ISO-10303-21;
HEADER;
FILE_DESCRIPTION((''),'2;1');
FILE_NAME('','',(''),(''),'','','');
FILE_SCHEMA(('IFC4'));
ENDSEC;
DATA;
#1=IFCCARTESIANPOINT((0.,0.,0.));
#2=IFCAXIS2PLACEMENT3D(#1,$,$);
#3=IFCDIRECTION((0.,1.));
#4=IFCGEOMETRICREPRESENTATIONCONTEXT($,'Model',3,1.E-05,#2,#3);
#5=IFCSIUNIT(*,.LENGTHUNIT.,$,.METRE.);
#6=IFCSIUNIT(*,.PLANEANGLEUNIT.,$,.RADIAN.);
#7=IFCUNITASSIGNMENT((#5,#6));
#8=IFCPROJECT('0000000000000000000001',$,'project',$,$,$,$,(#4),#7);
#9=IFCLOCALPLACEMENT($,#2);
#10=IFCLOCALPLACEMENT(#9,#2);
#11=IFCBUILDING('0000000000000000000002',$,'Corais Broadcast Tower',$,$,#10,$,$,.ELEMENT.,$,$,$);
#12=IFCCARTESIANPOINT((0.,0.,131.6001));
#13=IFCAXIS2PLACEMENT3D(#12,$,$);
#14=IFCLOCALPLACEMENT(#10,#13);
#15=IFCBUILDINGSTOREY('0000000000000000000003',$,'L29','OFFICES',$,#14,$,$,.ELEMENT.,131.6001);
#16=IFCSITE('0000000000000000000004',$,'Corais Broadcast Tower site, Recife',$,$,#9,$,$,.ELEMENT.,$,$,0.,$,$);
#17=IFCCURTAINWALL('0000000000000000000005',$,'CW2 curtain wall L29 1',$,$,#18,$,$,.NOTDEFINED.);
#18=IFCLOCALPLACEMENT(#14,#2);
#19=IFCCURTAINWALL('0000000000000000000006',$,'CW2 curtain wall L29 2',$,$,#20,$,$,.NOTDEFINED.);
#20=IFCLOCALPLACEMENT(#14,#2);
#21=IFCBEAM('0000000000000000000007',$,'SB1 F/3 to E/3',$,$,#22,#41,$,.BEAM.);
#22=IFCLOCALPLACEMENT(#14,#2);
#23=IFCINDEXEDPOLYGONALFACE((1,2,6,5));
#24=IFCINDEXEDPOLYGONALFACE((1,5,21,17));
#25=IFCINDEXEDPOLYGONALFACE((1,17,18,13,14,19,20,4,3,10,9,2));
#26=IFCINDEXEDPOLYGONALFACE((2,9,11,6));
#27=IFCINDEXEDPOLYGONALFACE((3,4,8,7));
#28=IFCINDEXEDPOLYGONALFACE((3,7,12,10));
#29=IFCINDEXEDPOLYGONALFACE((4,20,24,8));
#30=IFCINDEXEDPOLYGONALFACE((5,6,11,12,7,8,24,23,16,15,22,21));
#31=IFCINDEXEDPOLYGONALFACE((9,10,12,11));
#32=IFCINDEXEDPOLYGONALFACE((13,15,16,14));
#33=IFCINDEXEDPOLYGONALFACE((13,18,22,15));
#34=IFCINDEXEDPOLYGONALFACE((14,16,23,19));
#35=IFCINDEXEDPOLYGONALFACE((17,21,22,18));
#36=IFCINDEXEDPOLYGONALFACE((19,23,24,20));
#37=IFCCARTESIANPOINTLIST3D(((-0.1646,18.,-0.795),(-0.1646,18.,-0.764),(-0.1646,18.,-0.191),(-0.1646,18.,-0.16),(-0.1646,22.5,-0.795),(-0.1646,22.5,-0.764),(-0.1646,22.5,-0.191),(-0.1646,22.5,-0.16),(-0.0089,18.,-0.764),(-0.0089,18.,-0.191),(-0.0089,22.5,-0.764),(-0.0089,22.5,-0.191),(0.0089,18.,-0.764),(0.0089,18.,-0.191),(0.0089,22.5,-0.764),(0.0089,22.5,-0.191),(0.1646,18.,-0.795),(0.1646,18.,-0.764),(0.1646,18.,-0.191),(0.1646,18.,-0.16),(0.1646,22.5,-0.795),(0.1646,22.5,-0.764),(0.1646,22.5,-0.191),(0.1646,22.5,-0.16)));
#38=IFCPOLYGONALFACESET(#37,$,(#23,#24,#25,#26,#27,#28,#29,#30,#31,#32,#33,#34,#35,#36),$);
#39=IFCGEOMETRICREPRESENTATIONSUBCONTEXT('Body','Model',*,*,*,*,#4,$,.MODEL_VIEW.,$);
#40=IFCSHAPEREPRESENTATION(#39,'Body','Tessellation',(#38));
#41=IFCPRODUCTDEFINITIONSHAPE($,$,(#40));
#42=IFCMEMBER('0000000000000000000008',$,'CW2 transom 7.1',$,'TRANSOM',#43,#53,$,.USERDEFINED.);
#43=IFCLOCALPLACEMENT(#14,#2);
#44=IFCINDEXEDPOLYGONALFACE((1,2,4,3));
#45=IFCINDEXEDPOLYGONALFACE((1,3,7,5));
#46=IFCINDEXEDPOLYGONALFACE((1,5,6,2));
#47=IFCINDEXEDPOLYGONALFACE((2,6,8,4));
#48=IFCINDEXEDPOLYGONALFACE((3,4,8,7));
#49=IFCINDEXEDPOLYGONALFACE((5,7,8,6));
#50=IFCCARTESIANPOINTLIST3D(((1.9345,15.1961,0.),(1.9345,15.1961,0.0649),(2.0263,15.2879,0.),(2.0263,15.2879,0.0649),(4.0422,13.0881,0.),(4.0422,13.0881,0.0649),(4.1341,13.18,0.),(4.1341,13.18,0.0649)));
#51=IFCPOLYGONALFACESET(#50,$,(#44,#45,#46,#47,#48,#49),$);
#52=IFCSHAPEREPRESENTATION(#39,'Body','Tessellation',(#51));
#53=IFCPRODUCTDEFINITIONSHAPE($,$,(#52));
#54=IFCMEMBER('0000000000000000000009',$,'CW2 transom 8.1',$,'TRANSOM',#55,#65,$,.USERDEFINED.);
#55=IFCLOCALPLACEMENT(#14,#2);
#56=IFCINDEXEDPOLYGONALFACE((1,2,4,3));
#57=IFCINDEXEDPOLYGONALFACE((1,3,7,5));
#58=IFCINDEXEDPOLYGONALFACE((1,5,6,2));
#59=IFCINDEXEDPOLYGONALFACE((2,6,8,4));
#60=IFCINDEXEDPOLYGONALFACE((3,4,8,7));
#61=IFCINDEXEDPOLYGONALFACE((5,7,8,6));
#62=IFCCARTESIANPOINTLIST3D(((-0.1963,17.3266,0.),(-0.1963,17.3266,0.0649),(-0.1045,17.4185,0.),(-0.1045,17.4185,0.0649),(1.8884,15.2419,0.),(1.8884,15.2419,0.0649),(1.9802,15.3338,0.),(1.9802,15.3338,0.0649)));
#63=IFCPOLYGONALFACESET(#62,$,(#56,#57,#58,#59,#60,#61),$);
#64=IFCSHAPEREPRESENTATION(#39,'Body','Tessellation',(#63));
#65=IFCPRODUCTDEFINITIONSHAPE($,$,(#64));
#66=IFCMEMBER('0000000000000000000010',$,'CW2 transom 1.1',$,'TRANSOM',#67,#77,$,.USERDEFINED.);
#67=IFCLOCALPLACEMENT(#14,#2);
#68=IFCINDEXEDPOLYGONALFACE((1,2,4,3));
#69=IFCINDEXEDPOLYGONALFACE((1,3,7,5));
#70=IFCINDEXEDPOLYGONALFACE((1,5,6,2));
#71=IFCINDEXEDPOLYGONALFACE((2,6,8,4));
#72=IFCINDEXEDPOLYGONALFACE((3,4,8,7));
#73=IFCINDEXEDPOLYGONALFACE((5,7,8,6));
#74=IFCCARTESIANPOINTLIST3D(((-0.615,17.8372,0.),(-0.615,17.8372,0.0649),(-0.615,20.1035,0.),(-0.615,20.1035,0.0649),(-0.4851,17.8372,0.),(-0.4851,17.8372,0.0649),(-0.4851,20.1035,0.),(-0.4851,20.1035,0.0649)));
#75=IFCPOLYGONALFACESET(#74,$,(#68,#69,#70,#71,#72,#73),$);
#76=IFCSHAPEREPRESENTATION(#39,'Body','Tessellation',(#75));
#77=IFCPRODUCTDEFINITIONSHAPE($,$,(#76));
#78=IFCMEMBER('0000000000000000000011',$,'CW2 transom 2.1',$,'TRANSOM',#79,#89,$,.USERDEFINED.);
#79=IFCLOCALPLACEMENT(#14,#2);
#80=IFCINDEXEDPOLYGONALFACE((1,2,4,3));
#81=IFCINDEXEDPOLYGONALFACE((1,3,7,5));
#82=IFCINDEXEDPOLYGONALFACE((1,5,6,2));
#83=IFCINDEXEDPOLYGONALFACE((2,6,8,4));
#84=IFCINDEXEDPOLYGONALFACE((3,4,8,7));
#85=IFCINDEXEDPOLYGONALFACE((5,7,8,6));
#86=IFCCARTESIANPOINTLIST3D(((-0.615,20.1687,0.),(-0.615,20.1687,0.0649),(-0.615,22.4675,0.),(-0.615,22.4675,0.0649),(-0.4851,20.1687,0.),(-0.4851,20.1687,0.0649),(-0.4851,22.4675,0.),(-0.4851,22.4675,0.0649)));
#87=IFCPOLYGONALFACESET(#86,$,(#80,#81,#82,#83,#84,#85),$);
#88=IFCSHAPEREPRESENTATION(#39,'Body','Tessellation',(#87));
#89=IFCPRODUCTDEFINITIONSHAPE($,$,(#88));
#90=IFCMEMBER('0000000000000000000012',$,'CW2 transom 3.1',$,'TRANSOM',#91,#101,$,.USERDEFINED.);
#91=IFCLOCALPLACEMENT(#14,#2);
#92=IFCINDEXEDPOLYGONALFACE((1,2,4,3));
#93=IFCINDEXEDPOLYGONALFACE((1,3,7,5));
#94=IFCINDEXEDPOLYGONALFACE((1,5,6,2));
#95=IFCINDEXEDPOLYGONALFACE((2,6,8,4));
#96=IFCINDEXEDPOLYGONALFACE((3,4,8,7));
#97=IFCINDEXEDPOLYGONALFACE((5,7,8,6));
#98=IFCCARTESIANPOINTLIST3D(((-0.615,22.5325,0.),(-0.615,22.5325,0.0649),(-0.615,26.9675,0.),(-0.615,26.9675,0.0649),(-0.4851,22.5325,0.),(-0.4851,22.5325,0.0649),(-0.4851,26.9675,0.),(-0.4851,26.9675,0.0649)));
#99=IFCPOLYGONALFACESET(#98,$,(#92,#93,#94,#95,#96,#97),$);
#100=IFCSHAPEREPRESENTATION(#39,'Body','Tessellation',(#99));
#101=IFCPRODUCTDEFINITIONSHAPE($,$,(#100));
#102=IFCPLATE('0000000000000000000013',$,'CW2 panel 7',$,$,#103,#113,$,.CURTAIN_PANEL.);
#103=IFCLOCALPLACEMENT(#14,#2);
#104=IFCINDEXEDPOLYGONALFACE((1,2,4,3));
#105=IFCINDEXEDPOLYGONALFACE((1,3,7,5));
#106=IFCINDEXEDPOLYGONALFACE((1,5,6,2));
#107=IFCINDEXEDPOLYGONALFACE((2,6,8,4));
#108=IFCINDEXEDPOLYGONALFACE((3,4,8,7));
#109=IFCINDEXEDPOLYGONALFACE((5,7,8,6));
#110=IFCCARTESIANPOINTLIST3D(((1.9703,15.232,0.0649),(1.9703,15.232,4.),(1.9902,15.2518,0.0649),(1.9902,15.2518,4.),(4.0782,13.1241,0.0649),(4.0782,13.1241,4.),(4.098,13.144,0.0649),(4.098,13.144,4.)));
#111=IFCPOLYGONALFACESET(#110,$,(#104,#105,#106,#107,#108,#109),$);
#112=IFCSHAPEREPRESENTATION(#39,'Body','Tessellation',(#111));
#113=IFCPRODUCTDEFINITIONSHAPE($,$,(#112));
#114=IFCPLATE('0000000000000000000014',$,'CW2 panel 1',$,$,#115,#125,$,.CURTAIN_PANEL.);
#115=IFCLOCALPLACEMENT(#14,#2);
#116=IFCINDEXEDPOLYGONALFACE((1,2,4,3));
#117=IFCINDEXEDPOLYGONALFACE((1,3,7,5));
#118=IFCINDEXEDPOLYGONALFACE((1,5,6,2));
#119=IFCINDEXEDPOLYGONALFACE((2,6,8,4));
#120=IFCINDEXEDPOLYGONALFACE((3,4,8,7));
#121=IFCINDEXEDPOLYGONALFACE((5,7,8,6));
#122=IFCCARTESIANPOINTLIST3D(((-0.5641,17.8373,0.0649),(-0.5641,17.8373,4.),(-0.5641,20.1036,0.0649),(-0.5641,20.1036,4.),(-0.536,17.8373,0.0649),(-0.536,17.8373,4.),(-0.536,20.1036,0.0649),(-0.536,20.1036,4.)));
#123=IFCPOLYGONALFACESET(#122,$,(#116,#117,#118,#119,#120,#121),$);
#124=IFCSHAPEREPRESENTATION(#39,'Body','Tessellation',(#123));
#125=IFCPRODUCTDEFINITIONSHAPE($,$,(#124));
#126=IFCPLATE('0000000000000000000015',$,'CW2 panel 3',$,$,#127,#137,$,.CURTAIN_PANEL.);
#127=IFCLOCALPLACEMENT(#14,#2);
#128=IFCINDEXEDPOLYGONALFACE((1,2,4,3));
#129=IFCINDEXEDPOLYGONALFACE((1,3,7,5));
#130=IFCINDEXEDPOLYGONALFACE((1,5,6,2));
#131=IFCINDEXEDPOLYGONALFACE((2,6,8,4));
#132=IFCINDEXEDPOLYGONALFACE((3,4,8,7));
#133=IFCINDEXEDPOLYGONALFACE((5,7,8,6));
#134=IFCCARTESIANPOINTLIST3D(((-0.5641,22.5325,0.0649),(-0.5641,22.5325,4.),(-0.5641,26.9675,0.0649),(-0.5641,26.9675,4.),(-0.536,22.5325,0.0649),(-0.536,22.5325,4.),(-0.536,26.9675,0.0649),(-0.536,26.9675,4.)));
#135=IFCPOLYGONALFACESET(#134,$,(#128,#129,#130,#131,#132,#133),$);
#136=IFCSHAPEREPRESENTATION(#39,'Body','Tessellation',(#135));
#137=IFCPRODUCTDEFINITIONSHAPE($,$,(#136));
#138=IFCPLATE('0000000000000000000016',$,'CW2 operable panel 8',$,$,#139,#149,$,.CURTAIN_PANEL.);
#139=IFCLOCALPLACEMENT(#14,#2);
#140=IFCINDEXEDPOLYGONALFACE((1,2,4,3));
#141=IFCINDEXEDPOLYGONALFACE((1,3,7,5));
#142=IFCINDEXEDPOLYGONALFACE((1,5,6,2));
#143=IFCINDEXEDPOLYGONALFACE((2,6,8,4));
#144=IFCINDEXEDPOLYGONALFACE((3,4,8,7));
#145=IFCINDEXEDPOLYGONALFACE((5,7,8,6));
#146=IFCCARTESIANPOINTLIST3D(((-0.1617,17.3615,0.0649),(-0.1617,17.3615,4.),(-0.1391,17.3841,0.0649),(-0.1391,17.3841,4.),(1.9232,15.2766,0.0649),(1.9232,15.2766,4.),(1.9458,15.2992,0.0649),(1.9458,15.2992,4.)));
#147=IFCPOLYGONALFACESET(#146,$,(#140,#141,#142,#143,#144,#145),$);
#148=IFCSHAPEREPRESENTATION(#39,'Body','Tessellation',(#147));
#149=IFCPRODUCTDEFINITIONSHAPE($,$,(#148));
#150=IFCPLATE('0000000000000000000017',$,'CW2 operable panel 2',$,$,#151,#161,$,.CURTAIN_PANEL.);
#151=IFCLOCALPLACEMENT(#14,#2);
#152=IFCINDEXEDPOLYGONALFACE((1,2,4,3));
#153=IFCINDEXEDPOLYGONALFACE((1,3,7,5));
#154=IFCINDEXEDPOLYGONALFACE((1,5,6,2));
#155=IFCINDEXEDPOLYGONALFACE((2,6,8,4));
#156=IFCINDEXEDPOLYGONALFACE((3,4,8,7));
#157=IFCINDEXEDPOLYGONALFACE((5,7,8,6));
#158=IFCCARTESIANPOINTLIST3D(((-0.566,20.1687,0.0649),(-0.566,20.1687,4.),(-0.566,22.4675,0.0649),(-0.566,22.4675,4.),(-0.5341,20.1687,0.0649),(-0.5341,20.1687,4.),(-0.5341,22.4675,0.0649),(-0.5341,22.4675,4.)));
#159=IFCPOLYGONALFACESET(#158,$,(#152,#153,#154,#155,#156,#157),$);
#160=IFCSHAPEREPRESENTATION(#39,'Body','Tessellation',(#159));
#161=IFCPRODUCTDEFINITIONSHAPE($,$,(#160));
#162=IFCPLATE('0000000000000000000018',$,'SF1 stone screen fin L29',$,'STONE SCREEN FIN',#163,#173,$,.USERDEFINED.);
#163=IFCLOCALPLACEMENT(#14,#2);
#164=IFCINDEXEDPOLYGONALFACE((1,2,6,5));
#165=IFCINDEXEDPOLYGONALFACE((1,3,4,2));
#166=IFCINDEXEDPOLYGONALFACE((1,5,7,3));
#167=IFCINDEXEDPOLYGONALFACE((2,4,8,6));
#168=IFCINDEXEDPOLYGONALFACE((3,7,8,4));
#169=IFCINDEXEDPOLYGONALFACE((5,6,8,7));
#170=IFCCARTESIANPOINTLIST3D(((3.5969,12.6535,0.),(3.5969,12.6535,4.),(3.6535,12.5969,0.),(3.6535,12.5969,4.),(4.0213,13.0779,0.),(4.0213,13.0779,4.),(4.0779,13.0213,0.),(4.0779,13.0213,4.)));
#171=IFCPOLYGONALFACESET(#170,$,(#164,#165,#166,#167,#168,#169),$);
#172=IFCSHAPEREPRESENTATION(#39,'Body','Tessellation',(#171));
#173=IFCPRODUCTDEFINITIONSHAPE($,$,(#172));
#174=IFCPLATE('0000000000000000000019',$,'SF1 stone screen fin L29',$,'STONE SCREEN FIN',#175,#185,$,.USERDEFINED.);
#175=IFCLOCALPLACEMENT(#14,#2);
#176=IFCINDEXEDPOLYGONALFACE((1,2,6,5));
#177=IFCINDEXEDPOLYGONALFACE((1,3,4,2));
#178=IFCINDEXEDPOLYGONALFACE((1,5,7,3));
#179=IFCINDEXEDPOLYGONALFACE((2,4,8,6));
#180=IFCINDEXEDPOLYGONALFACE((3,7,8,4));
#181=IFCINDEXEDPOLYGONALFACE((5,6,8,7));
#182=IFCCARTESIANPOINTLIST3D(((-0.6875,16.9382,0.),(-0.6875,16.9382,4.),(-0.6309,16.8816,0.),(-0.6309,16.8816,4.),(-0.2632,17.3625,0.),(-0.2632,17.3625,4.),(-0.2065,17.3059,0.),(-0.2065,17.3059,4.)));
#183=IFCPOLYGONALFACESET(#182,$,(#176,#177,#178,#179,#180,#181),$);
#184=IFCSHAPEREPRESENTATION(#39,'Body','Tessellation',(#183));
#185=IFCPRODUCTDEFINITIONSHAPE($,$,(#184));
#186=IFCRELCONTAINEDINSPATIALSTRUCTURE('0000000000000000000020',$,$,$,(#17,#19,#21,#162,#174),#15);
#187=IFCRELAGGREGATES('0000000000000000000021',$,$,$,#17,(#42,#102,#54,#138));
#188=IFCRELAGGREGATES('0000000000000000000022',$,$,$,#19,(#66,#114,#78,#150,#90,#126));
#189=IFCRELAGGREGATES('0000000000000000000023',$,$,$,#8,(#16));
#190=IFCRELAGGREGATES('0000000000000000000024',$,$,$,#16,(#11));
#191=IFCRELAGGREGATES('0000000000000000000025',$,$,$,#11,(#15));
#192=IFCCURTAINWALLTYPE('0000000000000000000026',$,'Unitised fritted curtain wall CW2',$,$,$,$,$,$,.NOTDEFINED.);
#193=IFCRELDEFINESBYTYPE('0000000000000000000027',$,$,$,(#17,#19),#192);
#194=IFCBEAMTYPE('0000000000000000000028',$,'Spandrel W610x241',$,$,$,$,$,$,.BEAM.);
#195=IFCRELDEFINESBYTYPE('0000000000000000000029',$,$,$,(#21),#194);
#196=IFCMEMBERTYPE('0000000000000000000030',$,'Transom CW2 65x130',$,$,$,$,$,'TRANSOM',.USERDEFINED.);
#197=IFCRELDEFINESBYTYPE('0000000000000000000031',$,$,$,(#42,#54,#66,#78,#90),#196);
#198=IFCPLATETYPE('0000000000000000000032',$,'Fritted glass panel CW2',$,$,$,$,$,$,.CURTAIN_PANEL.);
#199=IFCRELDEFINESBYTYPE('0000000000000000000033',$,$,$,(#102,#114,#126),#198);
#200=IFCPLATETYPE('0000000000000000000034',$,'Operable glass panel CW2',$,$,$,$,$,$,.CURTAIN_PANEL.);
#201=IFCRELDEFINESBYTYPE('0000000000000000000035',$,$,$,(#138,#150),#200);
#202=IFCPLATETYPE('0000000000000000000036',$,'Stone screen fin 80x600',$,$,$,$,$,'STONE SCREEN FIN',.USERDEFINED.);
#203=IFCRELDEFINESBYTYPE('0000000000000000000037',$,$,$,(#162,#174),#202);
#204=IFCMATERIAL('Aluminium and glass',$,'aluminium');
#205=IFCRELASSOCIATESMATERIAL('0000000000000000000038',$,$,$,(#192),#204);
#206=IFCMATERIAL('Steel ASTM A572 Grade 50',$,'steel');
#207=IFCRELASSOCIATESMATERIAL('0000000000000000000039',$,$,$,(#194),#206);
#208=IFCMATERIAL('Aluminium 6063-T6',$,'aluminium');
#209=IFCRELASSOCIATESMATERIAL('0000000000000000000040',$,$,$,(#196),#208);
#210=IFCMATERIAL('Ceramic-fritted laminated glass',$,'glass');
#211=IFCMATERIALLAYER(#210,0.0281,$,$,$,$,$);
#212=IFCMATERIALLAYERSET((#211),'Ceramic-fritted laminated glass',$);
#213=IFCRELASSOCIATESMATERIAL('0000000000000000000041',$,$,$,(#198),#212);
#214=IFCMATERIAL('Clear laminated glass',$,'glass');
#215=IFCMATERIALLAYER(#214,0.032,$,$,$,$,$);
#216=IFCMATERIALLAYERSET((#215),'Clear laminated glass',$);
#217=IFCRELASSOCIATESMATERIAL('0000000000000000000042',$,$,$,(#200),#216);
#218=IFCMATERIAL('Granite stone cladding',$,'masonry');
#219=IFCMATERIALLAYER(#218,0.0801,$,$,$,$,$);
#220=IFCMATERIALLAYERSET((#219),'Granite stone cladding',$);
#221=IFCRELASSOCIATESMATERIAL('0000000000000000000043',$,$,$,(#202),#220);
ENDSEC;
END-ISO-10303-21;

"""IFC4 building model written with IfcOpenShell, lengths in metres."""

from ifc_helpers import new_model, si_unit, direction, frame, origin, origin_2d, place, context, subcontext, project, spatial, rectangle, i_section, extrude, material, layer, layer_set, material_profile, profile_set, type_object, element, aggregate, save


model = new_model("IFC4")

# Units and contexts
model_context = context("Model", 3, precision=1e-05, world=origin(), true_north=direction((0.0, 1.0)))
body_context = subcontext(model_context, "Body", "Model", "MODEL_VIEW")
ifc_project = project(units=[si_unit("LENGTHUNIT", "METRE"), si_unit("PLANEANGLEUNIT", "RADIAN")], contexts=[model_context])

# Site, building, storey
site_placement = place(None, origin())
site = spatial("IfcSite", under=ifc_project, at=site_placement, Name="Corais Broadcast Tower site, Recife", CompositionType="ELEMENT", RefElevation=0.0)
building_placement = place(site_placement, origin())
building = spatial("IfcBuilding", under=site, at=building_placement, Name="Corais Broadcast Tower", CompositionType="ELEMENT")
storey_placement = place(building_placement, frame((0.0, 0.0, 131.6001)))
storey = spatial("IfcBuildingStorey", under=building, at=storey_placement, Name="L29", Description="OFFICES", CompositionType="ELEMENT", Elevation=131.6001)

# Curtain walls
ifc_material_1 = material(Name="Aluminium and glass", Category="aluminium")
curtain_wall_type = type_object("IfcCurtainWallType", Name="Unitised fritted curtain wall CW2", PredefinedType="NOTDEFINED", material=ifc_material_1)
curtain_wall_1_placement = place(storey_placement, origin())
curtain_wall_1 = element("IfcCurtainWall", 1, at=curtain_wall_1_placement, inside=storey, type_object=curtain_wall_type, Name="CW2 curtain wall L29 1", PredefinedType="NOTDEFINED")
curtain_wall_2_placement = place(storey_placement, origin())
curtain_wall_2 = element("IfcCurtainWall", 2, at=curtain_wall_2_placement, inside=storey, type_object=curtain_wall_type, Name="CW2 curtain wall L29 2", PredefinedType="NOTDEFINED")

# Beam
ifc_material_2 = material(Name="Steel ASTM A572 Grade 50", Category="steel")
ifc_material_profile_1 = material_profile(ifc_material_2, i_section(OverallWidth=0.3291, OverallDepth=0.635, WebThickness=0.0178, FlangeThickness=0.031, at=origin_2d()), Name="W610x241")
ifc_profile_set_1 = profile_set([ifc_material_profile_1], Name="Steel ASTM A572 Grade 50")
beam_type_1 = type_object("IfcBeamType", Name="Spandrel W610x241", PredefinedType="BEAM", material=ifc_profile_set_1)
beam_1_placement = place(storey_placement, frame((0.0, 22.5, -0.4775), z_axis=(0.0, -1.0, 0.0), x_axis=(1.0, 0.0, 0.0)))
element("IfcBeam", 3, at=beam_1_placement, inside=storey, type_object=beam_type_1, Name="SB1 F/3 to E/3", PredefinedType="BEAM", context=body_context, shape_type="SweptSolid", body=[
    extrude(i_section(OverallWidth=0.3291, OverallDepth=0.635, WebThickness=0.0178, FlangeThickness=0.031, at=origin_2d()), origin(), (0.0, 0.0, 1.0), 4.5),
])

# Members
ifc_material_3 = material(Name="Aluminium 6063-T6", Category="aluminium")
ifc_material_profile_2 = material_profile(ifc_material_3, rectangle(XDim=0.1299, YDim=0.0649, at=origin_2d()), Name="Transom CW2 65x130")
ifc_profile_set_2 = profile_set([ifc_material_profile_2], Name="Aluminium 6063-T6")
member_type_1 = type_object("IfcMemberType", Name="Transom CW2 65x130", ElementType="TRANSOM", PredefinedType="USERDEFINED", material=ifc_profile_set_2)
member_1_placement = place(storey_placement, frame((4.0881, 13.134, 0.0325), z_axis=(-0.707066, 0.707148, 0.0), x_axis=(-0.707148, -0.707066, 0.0)))
member_1 = element("IfcMember", 4, at=member_1_placement, type_object=member_type_1, Name="CW2 transom 7.1", ObjectType="TRANSOM", PredefinedType="USERDEFINED", context=body_context, shape_type="SweptSolid", body=[
    extrude(rectangle(XDim=0.1299, YDim=0.0649, at=origin_2d()), origin(), (0.0, 0.0, 1.0), 2.981),
])
member_2_placement = place(storey_placement, frame((1.9343, 15.2878, 0.0325), z_axis=(-0.707107, 0.707107, 0.0), x_axis=(-0.707107, -0.707107, 0.0)))
member_2 = element("IfcMember", 5, at=member_2_placement, type_object=member_type_1, Name="CW2 transom 8.1", ObjectType="TRANSOM", PredefinedType="USERDEFINED", context=body_context, shape_type="SweptSolid", body=[
    extrude(rectangle(XDim=0.1299, YDim=0.0649, at=origin_2d()), origin(), (0.0, 0.0, 1.0), 2.9482),
])
member_3_placement = place(storey_placement, frame((-0.55, 17.8372, 0.0325), z_axis=(0.0, 1.0, 0.0), x_axis=(-1.0, 0.0, 0.0)))
member_3 = element("IfcMember", 6, at=member_3_placement, type_object=member_type_1, Name="CW2 transom 1.1", ObjectType="TRANSOM", PredefinedType="USERDEFINED", context=body_context, shape_type="SweptSolid", body=[
    extrude(rectangle(XDim=0.1299, YDim=0.0649, at=origin_2d()), origin(), (0.0, 0.0, 1.0), 2.2664),
])
member_4_placement = place(storey_placement, frame((-0.55, 20.1687, 0.0325), z_axis=(0.0, 1.0, 0.0), x_axis=(-1.0, 0.0, 0.0)))
member_4 = element("IfcMember", 7, at=member_4_placement, type_object=member_type_1, Name="CW2 transom 2.1", ObjectType="TRANSOM", PredefinedType="USERDEFINED", context=body_context, shape_type="SweptSolid", body=[
    extrude(rectangle(XDim=0.1299, YDim=0.0649, at=origin_2d()), origin(), (0.0, 0.0, 1.0), 2.2988),
])
member_5_placement = place(storey_placement, frame((-0.55, 22.5325, 0.0325), z_axis=(0.0, 1.0, 0.0), x_axis=(-1.0, 0.0, 0.0)))
member_5 = element("IfcMember", 8, at=member_5_placement, type_object=member_type_1, Name="CW2 transom 3.1", ObjectType="TRANSOM", PredefinedType="USERDEFINED", context=body_context, shape_type="SweptSolid", body=[
    extrude(rectangle(XDim=0.1299, YDim=0.0649, at=origin_2d()), origin(), (0.0, 0.0, 1.0), 4.4351),
])

# Plates
ifc_material_4 = material(Name="Ceramic-fritted laminated glass", Category="glass")
ifc_layer_1 = layer(ifc_material_4, 0.0281)
ifc_layer_set_1 = layer_set([ifc_layer_1], Name="Ceramic-fritted laminated glass")
plate_type_1 = type_object("IfcPlateType", Name="Fritted glass panel CW2", PredefinedType="CURTAIN_PANEL", material=ifc_layer_set_1)
plate_1_placement = place(storey_placement, frame((3.0342, 14.188, 0.0649), z_axis=(0.0, 0.0, 1.0), x_axis=(-0.707107, 0.707107, 0.0)))
plate_1 = element("IfcPlate", 9, at=plate_1_placement, type_object=plate_type_1, Name="CW2 panel 7", PredefinedType="CURTAIN_PANEL", context=body_context, shape_type="SweptSolid", body=[
    extrude(rectangle(XDim=2.981, YDim=0.0281, at=origin_2d()), origin(), (0.0, 0.0, 1.0), 3.9351),
])
plate_2_placement = place(storey_placement, frame((-0.55, 18.9705, 0.0649), z_axis=(0.0, 0.0, 1.0), x_axis=(0.0, 1.0, 0.0)))
plate_2 = element("IfcPlate", 10, at=plate_2_placement, type_object=plate_type_1, Name="CW2 panel 1", PredefinedType="CURTAIN_PANEL", context=body_context, shape_type="SweptSolid", body=[
    extrude(rectangle(XDim=2.2664, YDim=0.0281, at=origin_2d()), origin(), (0.0, 0.0, 1.0), 3.9351),
])
plate_3_placement = place(storey_placement, frame((-0.55, 24.75, 0.0649), z_axis=(0.0, 0.0, 1.0), x_axis=(0.0, 1.0, 0.0)))
plate_3 = element("IfcPlate", 11, at=plate_3_placement, type_object=plate_type_1, Name="CW2 panel 3", PredefinedType="CURTAIN_PANEL", context=body_context, shape_type="SweptSolid", body=[
    extrude(rectangle(XDim=4.4351, YDim=0.0281, at=origin_2d()), origin(), (0.0, 0.0, 1.0), 3.9351),
])
ifc_material_5 = material(Name="Clear laminated glass", Category="glass")
ifc_layer_2 = layer(ifc_material_5, 0.032)
ifc_layer_set_2 = layer_set([ifc_layer_2], Name="Clear laminated glass")
plate_type_2 = type_object("IfcPlateType", Name="Operable glass panel CW2", PredefinedType="CURTAIN_PANEL", material=ifc_layer_set_2)
plate_4_placement = place(storey_placement, frame((0.8921, 16.3303, 0.0649), z_axis=(0.0, 0.0, 1.0), x_axis=(-0.707107, 0.707107, 0.0)))
plate_4 = element("IfcPlate", 12, at=plate_4_placement, type_object=plate_type_2, Name="CW2 operable panel 8", PredefinedType="CURTAIN_PANEL", context=body_context, shape_type="SweptSolid", body=[
    extrude(rectangle(XDim=2.9485, YDim=0.032, at=origin_2d()), origin(), (0.0, 0.0, 1.0), 3.9351),
])
aggregate(curtain_wall_1, [member_1, plate_1, member_2, plate_4])
plate_5_placement = place(storey_placement, frame((-0.55, 21.3181, 0.0649), z_axis=(0.0, 0.0, 1.0), x_axis=(0.0, 1.0, 0.0)))
plate_5 = element("IfcPlate", 13, at=plate_5_placement, type_object=plate_type_2, Name="CW2 operable panel 2", PredefinedType="CURTAIN_PANEL", context=body_context, shape_type="SweptSolid", body=[
    extrude(rectangle(XDim=2.2988, YDim=0.032, at=origin_2d()), origin(), (0.0, 0.0, 1.0), 3.9351),
])
aggregate(curtain_wall_2, [member_3, plate_2, member_4, plate_5, member_5, plate_3])

# Plates
ifc_material_6 = material(Name="Granite stone cladding", Category="masonry")
ifc_layer_3 = layer(ifc_material_6, 0.0801)
ifc_layer_set_3 = layer_set([ifc_layer_3], Name="Granite stone cladding")
plate_type_3 = type_object("IfcPlateType", Name="Stone screen fin 80x600", ElementType="STONE SCREEN FIN", PredefinedType="USERDEFINED", material=ifc_layer_set_3)
for number, where, z_axis, x_axis, name in (
    (14, (3.8374, 12.8374, 0.0), (0.0, 0.0, 1.0), (-0.707107, 0.707107, 0.0), "SF1 stone screen fin L29"),
    (15, (-0.447, 17.1221, 0.0), (0.0, 0.0, 1.0), (-0.707107, 0.707107, 0.0), "SF1 stone screen fin L29"),
):
    element("IfcPlate", number, at=place(storey_placement, frame(where, z_axis=z_axis, x_axis=x_axis)), inside=storey, type_object=plate_type_3, Name=name, ObjectType="STONE SCREEN FIN", PredefinedType="USERDEFINED", context=body_context, shape_type="SweptSolid", body=[
        extrude(rectangle(XDim=0.0801, YDim=0.6001, at=origin_2d()), origin(), (0.0, 0.0, 1.0), 4.0),
    ])

save(model, "model.ifc")
